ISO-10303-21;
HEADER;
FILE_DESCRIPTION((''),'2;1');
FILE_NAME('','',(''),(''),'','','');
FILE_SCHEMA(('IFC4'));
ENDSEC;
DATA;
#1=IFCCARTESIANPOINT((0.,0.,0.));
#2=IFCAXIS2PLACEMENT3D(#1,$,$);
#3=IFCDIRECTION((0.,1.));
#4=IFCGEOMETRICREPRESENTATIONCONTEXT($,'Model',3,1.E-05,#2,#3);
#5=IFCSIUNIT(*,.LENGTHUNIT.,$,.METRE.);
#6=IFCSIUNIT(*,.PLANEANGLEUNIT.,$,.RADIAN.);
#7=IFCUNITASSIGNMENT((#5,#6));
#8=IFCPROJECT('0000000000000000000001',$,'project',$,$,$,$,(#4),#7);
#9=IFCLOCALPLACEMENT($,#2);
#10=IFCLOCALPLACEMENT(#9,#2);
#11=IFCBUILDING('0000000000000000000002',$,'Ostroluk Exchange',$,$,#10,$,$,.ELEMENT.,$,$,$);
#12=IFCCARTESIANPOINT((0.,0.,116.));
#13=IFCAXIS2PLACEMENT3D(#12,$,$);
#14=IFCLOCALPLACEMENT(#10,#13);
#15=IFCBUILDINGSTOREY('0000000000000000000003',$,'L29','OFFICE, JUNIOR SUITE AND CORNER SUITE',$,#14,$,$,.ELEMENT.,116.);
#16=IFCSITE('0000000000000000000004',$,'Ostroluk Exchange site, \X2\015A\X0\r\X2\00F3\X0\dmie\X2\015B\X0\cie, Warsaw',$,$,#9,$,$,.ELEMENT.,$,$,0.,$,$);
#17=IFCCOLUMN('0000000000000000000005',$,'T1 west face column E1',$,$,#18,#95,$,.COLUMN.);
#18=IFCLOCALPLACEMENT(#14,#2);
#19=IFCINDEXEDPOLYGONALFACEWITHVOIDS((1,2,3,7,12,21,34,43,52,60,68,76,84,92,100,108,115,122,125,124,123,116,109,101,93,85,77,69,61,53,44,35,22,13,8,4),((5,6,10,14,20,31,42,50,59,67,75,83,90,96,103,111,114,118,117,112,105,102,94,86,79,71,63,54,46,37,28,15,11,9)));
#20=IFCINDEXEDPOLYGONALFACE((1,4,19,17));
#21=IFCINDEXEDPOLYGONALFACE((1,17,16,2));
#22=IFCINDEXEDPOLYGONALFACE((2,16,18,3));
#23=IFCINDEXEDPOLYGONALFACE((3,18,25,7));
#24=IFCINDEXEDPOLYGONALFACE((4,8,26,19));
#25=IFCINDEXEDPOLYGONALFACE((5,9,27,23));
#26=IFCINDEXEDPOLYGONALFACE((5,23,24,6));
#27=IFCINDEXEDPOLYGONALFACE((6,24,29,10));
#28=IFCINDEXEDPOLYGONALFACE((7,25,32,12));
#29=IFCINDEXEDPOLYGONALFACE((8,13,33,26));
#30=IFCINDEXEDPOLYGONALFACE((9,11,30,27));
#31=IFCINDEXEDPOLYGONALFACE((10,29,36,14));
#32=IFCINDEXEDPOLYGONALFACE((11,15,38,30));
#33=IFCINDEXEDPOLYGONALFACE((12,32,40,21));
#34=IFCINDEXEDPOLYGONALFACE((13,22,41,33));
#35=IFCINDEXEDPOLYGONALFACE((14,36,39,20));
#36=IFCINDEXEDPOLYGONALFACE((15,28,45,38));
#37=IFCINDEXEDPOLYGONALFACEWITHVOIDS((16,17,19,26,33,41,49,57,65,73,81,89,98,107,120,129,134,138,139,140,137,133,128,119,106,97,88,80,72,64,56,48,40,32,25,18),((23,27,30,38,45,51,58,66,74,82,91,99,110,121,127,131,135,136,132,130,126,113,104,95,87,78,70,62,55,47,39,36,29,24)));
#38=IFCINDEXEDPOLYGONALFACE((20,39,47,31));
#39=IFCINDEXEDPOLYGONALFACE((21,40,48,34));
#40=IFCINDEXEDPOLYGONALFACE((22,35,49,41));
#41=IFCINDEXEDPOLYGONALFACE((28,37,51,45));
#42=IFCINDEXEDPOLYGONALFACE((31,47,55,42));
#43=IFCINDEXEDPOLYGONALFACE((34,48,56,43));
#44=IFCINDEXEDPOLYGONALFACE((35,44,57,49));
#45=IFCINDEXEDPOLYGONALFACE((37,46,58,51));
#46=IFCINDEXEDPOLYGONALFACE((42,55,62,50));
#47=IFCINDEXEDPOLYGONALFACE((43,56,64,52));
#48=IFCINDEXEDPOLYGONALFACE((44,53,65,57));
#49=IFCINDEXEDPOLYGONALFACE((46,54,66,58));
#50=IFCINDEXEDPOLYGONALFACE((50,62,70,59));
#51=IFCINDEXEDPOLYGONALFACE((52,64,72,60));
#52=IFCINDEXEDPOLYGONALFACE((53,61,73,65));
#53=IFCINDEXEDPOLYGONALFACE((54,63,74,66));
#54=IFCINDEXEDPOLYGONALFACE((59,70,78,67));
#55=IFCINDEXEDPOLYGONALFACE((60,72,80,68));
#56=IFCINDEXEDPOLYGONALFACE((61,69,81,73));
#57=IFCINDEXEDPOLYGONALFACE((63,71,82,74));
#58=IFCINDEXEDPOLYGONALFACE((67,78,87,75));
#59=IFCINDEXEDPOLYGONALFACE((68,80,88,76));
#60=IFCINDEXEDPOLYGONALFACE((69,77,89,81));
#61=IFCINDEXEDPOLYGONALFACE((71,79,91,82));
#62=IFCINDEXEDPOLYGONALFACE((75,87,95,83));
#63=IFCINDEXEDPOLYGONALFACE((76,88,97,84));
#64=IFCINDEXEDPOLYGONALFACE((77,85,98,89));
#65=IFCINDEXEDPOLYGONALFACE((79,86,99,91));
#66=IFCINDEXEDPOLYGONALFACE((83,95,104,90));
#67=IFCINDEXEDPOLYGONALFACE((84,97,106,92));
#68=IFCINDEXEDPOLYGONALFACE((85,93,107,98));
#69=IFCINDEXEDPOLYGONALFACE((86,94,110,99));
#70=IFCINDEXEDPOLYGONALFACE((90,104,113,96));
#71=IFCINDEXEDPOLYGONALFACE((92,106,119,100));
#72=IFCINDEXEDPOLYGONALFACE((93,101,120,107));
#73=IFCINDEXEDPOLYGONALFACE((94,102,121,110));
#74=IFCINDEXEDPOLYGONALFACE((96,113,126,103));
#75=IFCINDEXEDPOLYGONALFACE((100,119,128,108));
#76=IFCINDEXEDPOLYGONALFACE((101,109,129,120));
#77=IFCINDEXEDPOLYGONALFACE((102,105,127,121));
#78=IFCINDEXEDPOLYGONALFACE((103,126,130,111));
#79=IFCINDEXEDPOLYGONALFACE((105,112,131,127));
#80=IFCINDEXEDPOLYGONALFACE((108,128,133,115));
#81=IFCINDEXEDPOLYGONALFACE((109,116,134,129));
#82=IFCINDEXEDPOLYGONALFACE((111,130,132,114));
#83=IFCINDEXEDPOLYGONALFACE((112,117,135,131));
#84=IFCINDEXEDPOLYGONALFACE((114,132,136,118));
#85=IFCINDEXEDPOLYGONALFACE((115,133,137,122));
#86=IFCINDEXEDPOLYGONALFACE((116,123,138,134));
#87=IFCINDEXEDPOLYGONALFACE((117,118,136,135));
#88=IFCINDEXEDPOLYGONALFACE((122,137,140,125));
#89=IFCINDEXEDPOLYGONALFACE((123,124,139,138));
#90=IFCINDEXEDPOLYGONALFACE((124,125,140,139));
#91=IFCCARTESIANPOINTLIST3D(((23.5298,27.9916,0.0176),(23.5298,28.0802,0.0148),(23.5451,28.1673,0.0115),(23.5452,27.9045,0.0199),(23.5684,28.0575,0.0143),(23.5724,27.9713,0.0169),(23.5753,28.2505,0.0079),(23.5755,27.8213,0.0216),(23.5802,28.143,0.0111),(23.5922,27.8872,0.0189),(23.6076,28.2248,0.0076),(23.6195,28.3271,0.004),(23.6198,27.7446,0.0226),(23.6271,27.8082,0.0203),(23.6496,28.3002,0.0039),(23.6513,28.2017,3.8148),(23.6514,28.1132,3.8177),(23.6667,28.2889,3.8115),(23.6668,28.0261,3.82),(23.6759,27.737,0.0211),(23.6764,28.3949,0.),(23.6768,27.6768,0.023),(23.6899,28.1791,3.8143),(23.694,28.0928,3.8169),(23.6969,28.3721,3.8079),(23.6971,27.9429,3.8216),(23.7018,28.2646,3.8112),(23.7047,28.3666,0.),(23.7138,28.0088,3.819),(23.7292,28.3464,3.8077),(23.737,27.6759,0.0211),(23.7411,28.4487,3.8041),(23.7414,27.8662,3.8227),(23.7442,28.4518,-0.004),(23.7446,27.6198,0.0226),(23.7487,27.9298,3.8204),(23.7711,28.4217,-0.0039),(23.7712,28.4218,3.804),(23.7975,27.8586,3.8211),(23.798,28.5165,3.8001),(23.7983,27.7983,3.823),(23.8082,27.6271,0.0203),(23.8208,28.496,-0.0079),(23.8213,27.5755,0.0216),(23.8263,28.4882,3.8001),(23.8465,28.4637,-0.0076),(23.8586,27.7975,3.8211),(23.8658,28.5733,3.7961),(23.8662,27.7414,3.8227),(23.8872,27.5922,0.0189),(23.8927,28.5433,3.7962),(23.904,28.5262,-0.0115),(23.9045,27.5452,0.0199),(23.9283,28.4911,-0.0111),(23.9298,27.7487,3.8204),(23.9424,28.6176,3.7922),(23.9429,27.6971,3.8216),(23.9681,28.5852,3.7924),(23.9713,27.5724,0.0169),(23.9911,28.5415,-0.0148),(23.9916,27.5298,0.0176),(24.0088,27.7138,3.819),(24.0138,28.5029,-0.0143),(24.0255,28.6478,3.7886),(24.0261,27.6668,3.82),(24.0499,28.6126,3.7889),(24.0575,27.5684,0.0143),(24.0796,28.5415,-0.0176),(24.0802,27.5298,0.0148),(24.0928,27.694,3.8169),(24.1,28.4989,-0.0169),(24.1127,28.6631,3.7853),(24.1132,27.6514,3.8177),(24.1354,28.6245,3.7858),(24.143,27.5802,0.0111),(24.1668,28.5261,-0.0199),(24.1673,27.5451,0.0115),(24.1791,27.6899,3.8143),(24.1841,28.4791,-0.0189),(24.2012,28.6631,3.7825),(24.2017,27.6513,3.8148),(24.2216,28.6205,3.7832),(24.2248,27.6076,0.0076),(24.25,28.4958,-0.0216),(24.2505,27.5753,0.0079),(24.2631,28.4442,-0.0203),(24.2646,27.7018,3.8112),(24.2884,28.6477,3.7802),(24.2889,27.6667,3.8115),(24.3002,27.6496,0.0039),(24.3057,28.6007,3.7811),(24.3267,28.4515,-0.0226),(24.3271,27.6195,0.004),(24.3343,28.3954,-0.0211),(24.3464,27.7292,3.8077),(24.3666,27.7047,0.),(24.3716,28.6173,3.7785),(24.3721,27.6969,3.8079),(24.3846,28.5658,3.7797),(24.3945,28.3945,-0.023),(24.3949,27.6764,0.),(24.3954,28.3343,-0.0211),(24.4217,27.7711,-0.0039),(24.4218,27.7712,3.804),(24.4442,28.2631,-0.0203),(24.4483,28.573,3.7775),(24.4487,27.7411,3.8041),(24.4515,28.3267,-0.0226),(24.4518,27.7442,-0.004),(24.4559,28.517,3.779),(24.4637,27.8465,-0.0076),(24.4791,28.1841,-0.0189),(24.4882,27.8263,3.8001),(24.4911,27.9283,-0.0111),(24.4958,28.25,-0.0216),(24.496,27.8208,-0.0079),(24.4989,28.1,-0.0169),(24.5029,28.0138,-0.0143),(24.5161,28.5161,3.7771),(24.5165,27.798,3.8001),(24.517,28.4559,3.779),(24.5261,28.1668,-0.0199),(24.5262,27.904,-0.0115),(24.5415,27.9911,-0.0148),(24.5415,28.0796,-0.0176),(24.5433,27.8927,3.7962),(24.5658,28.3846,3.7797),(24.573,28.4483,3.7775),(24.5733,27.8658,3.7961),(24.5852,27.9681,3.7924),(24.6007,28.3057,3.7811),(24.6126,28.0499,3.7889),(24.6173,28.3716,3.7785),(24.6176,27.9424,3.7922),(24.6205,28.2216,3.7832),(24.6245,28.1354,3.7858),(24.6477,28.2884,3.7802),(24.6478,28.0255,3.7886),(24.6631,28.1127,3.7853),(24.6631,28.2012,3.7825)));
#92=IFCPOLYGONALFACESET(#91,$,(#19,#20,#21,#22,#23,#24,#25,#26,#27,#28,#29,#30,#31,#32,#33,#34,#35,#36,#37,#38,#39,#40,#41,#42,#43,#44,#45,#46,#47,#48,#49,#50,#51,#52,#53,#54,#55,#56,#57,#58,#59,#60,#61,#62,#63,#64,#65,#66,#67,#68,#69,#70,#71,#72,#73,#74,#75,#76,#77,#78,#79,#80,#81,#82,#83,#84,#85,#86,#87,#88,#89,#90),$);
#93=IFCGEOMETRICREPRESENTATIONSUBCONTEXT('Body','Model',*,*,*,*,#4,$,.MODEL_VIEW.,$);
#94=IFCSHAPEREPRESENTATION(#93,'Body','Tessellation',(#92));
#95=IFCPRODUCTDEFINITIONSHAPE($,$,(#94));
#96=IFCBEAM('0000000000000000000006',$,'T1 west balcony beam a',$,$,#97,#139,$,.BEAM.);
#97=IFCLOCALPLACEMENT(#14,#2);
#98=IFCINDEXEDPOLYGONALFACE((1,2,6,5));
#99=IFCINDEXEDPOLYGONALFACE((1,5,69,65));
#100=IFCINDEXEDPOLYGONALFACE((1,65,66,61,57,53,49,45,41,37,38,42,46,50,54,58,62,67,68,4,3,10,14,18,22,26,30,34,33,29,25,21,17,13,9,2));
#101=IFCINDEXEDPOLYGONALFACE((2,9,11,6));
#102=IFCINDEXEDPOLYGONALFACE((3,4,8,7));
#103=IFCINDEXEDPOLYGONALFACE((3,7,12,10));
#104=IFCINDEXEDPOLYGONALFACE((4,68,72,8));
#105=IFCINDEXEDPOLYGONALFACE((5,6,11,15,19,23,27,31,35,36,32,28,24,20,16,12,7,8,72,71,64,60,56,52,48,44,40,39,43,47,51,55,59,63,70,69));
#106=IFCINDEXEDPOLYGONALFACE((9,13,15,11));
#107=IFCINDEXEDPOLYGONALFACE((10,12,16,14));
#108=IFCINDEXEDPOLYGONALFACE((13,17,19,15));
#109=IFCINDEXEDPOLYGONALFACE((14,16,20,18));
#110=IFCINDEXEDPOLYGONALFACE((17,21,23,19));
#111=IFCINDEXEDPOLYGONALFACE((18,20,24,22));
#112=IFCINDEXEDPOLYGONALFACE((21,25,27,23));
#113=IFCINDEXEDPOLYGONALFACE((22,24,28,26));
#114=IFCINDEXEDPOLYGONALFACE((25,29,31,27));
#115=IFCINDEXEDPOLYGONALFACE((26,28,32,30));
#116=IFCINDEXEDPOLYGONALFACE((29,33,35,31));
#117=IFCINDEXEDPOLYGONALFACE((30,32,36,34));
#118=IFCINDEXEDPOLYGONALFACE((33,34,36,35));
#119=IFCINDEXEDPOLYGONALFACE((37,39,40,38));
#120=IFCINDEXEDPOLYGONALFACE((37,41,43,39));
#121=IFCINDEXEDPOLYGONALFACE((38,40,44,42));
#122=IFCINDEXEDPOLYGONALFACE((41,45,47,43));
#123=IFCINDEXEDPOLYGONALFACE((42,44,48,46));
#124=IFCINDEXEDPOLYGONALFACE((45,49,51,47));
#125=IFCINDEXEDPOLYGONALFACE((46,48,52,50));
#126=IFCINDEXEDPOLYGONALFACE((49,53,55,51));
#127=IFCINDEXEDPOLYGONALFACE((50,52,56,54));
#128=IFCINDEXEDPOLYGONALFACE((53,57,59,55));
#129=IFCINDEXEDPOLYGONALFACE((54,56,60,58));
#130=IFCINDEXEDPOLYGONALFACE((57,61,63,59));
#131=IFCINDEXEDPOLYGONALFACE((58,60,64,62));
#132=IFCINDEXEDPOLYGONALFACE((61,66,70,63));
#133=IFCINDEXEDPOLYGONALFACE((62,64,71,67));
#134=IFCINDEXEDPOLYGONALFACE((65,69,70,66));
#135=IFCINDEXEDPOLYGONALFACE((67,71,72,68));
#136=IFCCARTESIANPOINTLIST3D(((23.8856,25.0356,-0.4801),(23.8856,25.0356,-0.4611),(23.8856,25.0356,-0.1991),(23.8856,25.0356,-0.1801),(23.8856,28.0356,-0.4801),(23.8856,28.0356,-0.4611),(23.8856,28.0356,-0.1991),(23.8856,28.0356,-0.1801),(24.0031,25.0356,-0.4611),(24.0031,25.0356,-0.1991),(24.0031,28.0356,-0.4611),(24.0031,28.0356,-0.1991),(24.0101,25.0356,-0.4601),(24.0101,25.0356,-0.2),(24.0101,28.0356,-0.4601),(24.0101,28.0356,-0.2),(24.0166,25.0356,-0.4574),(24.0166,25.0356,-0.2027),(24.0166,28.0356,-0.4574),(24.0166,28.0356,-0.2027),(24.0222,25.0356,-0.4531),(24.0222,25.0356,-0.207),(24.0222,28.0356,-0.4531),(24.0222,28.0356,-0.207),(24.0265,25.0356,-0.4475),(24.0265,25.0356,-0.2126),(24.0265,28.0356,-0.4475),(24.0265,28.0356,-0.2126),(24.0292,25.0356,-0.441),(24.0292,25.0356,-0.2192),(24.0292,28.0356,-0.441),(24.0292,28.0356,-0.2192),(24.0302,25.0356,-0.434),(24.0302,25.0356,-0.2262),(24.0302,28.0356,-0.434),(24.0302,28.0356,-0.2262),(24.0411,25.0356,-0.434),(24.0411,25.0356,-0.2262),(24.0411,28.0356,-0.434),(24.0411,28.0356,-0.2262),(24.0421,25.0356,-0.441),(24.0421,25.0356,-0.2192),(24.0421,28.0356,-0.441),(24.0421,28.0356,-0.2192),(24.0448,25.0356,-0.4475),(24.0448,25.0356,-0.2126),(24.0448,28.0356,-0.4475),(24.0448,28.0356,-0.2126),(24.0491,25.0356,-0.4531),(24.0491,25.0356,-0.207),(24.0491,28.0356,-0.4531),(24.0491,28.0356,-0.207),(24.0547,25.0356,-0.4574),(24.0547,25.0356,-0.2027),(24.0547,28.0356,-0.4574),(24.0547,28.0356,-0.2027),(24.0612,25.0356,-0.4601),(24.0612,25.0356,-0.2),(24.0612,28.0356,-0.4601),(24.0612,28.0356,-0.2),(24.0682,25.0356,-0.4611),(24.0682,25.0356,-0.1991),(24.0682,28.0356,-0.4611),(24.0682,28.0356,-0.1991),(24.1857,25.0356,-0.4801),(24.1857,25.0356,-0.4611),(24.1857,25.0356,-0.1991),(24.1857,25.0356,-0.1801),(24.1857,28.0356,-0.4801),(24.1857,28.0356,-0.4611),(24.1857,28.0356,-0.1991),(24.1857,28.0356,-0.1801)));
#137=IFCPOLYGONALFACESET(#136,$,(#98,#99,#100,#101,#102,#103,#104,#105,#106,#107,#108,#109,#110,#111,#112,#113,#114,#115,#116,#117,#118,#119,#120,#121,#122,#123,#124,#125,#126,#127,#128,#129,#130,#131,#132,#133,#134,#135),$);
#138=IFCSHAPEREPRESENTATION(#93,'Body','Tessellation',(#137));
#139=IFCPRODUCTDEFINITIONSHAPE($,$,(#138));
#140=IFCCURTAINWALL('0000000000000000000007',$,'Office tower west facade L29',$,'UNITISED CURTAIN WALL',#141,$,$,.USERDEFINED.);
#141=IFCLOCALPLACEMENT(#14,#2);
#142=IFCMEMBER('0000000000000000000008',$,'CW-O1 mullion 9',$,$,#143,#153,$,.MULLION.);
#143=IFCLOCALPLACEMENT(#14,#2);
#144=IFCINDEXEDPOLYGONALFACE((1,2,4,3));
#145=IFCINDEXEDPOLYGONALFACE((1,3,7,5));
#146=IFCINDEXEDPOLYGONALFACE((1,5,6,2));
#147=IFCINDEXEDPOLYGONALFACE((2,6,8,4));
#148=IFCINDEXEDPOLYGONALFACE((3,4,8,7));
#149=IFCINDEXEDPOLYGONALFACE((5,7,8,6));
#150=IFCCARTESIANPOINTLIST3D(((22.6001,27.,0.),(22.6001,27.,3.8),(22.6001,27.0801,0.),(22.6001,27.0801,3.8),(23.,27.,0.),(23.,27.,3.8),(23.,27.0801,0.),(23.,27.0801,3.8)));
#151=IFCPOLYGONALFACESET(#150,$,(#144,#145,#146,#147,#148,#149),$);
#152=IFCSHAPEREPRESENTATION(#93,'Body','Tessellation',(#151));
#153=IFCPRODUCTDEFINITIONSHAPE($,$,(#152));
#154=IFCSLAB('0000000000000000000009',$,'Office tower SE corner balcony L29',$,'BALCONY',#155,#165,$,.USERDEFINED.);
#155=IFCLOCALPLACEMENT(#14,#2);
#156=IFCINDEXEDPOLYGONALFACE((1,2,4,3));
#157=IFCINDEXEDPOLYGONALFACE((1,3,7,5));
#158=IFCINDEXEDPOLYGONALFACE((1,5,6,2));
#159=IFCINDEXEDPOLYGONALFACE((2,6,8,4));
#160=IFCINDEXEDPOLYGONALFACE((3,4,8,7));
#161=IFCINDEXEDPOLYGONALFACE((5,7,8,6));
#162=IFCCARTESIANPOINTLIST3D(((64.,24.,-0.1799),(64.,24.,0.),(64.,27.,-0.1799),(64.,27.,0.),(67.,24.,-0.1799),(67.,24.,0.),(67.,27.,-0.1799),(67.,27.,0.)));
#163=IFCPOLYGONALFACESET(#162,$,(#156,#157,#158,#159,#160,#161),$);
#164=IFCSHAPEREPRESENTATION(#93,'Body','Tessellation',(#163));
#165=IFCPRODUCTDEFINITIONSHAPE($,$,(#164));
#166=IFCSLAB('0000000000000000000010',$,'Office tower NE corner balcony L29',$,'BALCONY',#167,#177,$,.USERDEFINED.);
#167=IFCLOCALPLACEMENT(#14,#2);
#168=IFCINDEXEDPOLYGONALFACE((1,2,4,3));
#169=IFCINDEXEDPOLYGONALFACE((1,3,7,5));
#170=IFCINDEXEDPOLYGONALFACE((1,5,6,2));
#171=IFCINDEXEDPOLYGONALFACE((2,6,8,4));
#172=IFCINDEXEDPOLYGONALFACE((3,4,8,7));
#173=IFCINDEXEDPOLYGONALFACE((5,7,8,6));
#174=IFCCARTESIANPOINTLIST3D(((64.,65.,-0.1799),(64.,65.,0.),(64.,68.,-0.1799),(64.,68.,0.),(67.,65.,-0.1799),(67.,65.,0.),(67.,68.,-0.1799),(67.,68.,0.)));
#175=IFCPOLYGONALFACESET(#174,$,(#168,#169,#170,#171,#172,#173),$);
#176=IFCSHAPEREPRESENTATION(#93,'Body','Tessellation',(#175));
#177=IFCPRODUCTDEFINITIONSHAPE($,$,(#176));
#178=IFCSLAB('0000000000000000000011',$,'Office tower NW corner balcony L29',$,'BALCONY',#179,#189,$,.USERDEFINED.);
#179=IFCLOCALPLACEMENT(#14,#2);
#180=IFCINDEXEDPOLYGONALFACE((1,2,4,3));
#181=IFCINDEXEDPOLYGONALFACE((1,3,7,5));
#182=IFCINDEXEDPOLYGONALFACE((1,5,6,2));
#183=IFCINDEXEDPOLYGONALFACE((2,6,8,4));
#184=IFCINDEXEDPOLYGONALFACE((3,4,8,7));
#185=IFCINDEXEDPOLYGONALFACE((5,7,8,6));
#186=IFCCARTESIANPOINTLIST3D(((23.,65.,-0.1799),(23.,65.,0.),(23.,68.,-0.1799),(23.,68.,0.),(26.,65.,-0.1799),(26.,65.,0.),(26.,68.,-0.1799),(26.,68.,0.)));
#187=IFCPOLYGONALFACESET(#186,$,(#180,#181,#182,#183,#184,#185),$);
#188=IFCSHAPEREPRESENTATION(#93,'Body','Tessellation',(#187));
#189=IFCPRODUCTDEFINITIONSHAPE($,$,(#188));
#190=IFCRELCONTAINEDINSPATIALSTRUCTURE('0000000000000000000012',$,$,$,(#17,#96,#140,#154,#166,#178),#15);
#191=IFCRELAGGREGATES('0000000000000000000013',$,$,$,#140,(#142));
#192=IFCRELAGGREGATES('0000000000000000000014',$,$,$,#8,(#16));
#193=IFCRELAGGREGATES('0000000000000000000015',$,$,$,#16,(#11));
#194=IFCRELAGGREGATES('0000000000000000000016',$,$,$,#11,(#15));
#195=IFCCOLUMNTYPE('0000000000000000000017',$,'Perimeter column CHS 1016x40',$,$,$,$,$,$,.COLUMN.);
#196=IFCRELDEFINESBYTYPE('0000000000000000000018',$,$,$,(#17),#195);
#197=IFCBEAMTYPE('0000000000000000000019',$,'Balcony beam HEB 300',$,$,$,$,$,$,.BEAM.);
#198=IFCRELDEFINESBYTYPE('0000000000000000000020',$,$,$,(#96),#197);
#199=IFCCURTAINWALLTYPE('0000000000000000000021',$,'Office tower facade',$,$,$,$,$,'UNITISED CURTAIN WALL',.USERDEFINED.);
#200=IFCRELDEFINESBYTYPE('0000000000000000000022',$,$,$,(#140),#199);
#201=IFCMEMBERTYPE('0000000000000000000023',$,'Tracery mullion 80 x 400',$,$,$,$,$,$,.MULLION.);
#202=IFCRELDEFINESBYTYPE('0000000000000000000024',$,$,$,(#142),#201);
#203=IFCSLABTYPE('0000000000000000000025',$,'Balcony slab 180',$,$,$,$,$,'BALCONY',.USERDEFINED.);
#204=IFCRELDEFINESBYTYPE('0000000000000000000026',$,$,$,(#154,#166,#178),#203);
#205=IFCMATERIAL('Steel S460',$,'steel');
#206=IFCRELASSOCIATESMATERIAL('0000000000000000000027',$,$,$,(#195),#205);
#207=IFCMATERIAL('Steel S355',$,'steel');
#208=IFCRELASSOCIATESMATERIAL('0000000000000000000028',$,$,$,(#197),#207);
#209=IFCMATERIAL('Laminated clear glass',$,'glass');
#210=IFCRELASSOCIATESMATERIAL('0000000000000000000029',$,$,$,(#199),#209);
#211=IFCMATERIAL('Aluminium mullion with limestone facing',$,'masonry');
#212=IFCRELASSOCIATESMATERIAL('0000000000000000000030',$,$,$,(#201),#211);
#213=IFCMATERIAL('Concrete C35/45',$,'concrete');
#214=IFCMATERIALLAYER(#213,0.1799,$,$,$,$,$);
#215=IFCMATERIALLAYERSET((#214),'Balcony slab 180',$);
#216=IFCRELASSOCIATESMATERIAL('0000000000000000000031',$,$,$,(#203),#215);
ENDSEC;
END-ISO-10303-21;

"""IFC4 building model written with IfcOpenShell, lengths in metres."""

from ifc_helpers import new_model, si_unit, direction, frame, origin, origin_2d, place, context, subcontext, project, spatial, polyline, rectangle, hollow_circle, i_section, outline, extrude, material, layer, layer_set, material_profile, profile_set, type_object, element, aggregate, save


model = new_model("IFC4")

# Units and contexts
model_context = context("Model", 3, precision=1e-05, world=origin(), true_north=direction((0.0, 1.0)))
body_context = subcontext(model_context, "Body", "Model", "MODEL_VIEW")
ifc_project = project(units=[si_unit("LENGTHUNIT", "METRE"), si_unit("PLANEANGLEUNIT", "RADIAN")], contexts=[model_context])

# Site, building, storey
site_placement = place(None, origin())
site = spatial("IfcSite", under=ifc_project, at=site_placement, Name="Ostroluk Exchange site, Śródmieście, Warsaw", CompositionType="ELEMENT", RefElevation=0.0)
building_placement = place(site_placement, origin())
building = spatial("IfcBuilding", under=site, at=building_placement, Name="Ostroluk Exchange", CompositionType="ELEMENT")
storey_placement = place(building_placement, frame((0.0, 0.0, 116.0)))
storey = spatial("IfcBuildingStorey", under=building, at=storey_placement, Name="L29", Description="OFFICE, JUNIOR SUITE AND CORNER SUITE", CompositionType="ELEMENT", Elevation=116.0)

# Column
ifc_material_1 = material(Name="Steel S460", Category="steel")
ifc_material_profile_1 = material_profile(ifc_material_1, hollow_circle(Radius=0.5081, WallThickness=0.04, at=origin_2d()), Name="CHS 1016x40")
ifc_profile_set_1 = profile_set([ifc_material_profile_1], Name="Steel S460")
column_type = type_object("IfcColumnType", Name="Perimeter column CHS 1016x40", PredefinedType="COLUMN", material=ifc_profile_set_1)
column_placement = place(storey_placement, frame((24.0356, 28.0356, 0.0), z_axis=(0.031962, 0.031962, 0.998978), x_axis=(-0.707107, 0.707107, 0.0)))
element("IfcColumn", 1, at=column_placement, inside=storey, type_object=column_type, Name="T1 west face column E1", PredefinedType="COLUMN", context=body_context, shape_type="SweptSolid", body=[
    extrude(hollow_circle(Radius=0.5081, WallThickness=0.04, at=origin_2d()), origin(), (0.0, 0.0, 1.0), 3.804),
])

# Beam
ifc_material_2 = material(Name="Steel S355", Category="steel")
ifc_material_profile_2 = material_profile(ifc_material_2, i_section(OverallWidth=0.3, OverallDepth=0.3, WebThickness=0.011, FlangeThickness=0.019, FilletRadius=0.0271, at=origin_2d()), Name="HEB 300")
ifc_profile_set_2 = profile_set([ifc_material_profile_2], Name="Steel S355")
beam_type = type_object("IfcBeamType", Name="Balcony beam HEB 300", PredefinedType="BEAM", material=ifc_profile_set_2)
beam_placement = place(storey_placement, frame((24.0356, 28.0356, -0.3301), z_axis=(0.0, -1.0, 0.0), x_axis=(1.0, 0.0, 0.0)))
element("IfcBeam", 2, at=beam_placement, inside=storey, type_object=beam_type, Name="T1 west balcony beam a", PredefinedType="BEAM", context=body_context, shape_type="SweptSolid", body=[
    extrude(i_section(OverallWidth=0.3, OverallDepth=0.3, WebThickness=0.011, FlangeThickness=0.019, FilletRadius=0.0271, at=origin_2d()), origin(), (0.0, 0.0, 1.0), 3.0),
])

# Curtain wall, member
ifc_material_3 = material(Name="Laminated clear glass", Category="glass")
curtain_wall_type = type_object("IfcCurtainWallType", Name="Office tower facade", ElementType="UNITISED CURTAIN WALL", PredefinedType="USERDEFINED", material=ifc_material_3)
curtain_wall_placement = place(storey_placement, origin())
curtain_wall = element("IfcCurtainWall", 3, at=curtain_wall_placement, inside=storey, type_object=curtain_wall_type, Name="Office tower west facade L29", ObjectType="UNITISED CURTAIN WALL", PredefinedType="USERDEFINED")
ifc_material_4 = material(Name="Aluminium mullion with limestone facing", Category="masonry")
ifc_material_profile_3 = material_profile(ifc_material_4, rectangle(XDim=0.3999, YDim=0.0801, at=origin_2d()), Name="Tracery mullion 80 x 400")
ifc_profile_set_3 = profile_set([ifc_material_profile_3], Name="Aluminium mullion with limestone facing")
member_type = type_object("IfcMemberType", Name="Tracery mullion 80 x 400", PredefinedType="MULLION", material=ifc_profile_set_3)
member_placement = place(storey_placement, frame((22.8, 27.04, 0.0), z_axis=(0.0, 0.0, 1.0), x_axis=(1.0, 0.0, 0.0)))
member = element("IfcMember", 4, at=member_placement, type_object=member_type, Name="CW-O1 mullion 9", PredefinedType="MULLION", context=body_context, shape_type="SweptSolid", body=[
    extrude(rectangle(XDim=0.3999, YDim=0.0801, at=origin_2d()), origin(), (0.0, 0.0, 1.0), 3.8),
])
aggregate(curtain_wall, [member])

# Slabs
ifc_material_5 = material(Name="Concrete C35/45", Category="concrete")
ifc_layer_1 = layer(ifc_material_5, 0.1799)
ifc_layer_set_1 = layer_set([ifc_layer_1], Name="Balcony slab 180")
slab_type_1 = type_object("IfcSlabType", Name="Balcony slab 180", ElementType="BALCONY", PredefinedType="USERDEFINED", material=ifc_layer_set_1)
slab_1_placement = place(storey_placement, frame((0.0, 0.0, -0.1799)))
element("IfcSlab", 5, at=slab_1_placement, inside=storey, type_object=slab_type_1, Name="Office tower SE corner balcony L29", ObjectType="BALCONY", PredefinedType="USERDEFINED", context=body_context, shape_type="SweptSolid", body=[
    extrude(outline(polyline([(64.0, 24.0), (67.0, 24.0), (67.0, 27.0), (64.0, 27.0), (64.0, 24.0)])), origin(), (0.0, 0.0, 1.0), 0.1799),
])
slab_2_placement = place(storey_placement, frame((0.0, 0.0, -0.1799)))
element("IfcSlab", 6, at=slab_2_placement, inside=storey, type_object=slab_type_1, Name="Office tower NE corner balcony L29", ObjectType="BALCONY", PredefinedType="USERDEFINED", context=body_context, shape_type="SweptSolid", body=[
    extrude(outline(polyline([(64.0, 65.0), (67.0, 65.0), (67.0, 68.0), (64.0, 68.0), (64.0, 65.0)])), origin(), (0.0, 0.0, 1.0), 0.1799),
])
slab_3_placement = place(storey_placement, frame((0.0, 0.0, -0.1799)))
element("IfcSlab", 7, at=slab_3_placement, inside=storey, type_object=slab_type_1, Name="Office tower NW corner balcony L29", ObjectType="BALCONY", PredefinedType="USERDEFINED", context=body_context, shape_type="SweptSolid", body=[
    extrude(outline(polyline([(23.0, 65.0), (26.0, 65.0), (26.0, 68.0), (23.0, 68.0), (23.0, 65.0)])), origin(), (0.0, 0.0, 1.0), 0.1799),
])

save(model, "model.ifc")
